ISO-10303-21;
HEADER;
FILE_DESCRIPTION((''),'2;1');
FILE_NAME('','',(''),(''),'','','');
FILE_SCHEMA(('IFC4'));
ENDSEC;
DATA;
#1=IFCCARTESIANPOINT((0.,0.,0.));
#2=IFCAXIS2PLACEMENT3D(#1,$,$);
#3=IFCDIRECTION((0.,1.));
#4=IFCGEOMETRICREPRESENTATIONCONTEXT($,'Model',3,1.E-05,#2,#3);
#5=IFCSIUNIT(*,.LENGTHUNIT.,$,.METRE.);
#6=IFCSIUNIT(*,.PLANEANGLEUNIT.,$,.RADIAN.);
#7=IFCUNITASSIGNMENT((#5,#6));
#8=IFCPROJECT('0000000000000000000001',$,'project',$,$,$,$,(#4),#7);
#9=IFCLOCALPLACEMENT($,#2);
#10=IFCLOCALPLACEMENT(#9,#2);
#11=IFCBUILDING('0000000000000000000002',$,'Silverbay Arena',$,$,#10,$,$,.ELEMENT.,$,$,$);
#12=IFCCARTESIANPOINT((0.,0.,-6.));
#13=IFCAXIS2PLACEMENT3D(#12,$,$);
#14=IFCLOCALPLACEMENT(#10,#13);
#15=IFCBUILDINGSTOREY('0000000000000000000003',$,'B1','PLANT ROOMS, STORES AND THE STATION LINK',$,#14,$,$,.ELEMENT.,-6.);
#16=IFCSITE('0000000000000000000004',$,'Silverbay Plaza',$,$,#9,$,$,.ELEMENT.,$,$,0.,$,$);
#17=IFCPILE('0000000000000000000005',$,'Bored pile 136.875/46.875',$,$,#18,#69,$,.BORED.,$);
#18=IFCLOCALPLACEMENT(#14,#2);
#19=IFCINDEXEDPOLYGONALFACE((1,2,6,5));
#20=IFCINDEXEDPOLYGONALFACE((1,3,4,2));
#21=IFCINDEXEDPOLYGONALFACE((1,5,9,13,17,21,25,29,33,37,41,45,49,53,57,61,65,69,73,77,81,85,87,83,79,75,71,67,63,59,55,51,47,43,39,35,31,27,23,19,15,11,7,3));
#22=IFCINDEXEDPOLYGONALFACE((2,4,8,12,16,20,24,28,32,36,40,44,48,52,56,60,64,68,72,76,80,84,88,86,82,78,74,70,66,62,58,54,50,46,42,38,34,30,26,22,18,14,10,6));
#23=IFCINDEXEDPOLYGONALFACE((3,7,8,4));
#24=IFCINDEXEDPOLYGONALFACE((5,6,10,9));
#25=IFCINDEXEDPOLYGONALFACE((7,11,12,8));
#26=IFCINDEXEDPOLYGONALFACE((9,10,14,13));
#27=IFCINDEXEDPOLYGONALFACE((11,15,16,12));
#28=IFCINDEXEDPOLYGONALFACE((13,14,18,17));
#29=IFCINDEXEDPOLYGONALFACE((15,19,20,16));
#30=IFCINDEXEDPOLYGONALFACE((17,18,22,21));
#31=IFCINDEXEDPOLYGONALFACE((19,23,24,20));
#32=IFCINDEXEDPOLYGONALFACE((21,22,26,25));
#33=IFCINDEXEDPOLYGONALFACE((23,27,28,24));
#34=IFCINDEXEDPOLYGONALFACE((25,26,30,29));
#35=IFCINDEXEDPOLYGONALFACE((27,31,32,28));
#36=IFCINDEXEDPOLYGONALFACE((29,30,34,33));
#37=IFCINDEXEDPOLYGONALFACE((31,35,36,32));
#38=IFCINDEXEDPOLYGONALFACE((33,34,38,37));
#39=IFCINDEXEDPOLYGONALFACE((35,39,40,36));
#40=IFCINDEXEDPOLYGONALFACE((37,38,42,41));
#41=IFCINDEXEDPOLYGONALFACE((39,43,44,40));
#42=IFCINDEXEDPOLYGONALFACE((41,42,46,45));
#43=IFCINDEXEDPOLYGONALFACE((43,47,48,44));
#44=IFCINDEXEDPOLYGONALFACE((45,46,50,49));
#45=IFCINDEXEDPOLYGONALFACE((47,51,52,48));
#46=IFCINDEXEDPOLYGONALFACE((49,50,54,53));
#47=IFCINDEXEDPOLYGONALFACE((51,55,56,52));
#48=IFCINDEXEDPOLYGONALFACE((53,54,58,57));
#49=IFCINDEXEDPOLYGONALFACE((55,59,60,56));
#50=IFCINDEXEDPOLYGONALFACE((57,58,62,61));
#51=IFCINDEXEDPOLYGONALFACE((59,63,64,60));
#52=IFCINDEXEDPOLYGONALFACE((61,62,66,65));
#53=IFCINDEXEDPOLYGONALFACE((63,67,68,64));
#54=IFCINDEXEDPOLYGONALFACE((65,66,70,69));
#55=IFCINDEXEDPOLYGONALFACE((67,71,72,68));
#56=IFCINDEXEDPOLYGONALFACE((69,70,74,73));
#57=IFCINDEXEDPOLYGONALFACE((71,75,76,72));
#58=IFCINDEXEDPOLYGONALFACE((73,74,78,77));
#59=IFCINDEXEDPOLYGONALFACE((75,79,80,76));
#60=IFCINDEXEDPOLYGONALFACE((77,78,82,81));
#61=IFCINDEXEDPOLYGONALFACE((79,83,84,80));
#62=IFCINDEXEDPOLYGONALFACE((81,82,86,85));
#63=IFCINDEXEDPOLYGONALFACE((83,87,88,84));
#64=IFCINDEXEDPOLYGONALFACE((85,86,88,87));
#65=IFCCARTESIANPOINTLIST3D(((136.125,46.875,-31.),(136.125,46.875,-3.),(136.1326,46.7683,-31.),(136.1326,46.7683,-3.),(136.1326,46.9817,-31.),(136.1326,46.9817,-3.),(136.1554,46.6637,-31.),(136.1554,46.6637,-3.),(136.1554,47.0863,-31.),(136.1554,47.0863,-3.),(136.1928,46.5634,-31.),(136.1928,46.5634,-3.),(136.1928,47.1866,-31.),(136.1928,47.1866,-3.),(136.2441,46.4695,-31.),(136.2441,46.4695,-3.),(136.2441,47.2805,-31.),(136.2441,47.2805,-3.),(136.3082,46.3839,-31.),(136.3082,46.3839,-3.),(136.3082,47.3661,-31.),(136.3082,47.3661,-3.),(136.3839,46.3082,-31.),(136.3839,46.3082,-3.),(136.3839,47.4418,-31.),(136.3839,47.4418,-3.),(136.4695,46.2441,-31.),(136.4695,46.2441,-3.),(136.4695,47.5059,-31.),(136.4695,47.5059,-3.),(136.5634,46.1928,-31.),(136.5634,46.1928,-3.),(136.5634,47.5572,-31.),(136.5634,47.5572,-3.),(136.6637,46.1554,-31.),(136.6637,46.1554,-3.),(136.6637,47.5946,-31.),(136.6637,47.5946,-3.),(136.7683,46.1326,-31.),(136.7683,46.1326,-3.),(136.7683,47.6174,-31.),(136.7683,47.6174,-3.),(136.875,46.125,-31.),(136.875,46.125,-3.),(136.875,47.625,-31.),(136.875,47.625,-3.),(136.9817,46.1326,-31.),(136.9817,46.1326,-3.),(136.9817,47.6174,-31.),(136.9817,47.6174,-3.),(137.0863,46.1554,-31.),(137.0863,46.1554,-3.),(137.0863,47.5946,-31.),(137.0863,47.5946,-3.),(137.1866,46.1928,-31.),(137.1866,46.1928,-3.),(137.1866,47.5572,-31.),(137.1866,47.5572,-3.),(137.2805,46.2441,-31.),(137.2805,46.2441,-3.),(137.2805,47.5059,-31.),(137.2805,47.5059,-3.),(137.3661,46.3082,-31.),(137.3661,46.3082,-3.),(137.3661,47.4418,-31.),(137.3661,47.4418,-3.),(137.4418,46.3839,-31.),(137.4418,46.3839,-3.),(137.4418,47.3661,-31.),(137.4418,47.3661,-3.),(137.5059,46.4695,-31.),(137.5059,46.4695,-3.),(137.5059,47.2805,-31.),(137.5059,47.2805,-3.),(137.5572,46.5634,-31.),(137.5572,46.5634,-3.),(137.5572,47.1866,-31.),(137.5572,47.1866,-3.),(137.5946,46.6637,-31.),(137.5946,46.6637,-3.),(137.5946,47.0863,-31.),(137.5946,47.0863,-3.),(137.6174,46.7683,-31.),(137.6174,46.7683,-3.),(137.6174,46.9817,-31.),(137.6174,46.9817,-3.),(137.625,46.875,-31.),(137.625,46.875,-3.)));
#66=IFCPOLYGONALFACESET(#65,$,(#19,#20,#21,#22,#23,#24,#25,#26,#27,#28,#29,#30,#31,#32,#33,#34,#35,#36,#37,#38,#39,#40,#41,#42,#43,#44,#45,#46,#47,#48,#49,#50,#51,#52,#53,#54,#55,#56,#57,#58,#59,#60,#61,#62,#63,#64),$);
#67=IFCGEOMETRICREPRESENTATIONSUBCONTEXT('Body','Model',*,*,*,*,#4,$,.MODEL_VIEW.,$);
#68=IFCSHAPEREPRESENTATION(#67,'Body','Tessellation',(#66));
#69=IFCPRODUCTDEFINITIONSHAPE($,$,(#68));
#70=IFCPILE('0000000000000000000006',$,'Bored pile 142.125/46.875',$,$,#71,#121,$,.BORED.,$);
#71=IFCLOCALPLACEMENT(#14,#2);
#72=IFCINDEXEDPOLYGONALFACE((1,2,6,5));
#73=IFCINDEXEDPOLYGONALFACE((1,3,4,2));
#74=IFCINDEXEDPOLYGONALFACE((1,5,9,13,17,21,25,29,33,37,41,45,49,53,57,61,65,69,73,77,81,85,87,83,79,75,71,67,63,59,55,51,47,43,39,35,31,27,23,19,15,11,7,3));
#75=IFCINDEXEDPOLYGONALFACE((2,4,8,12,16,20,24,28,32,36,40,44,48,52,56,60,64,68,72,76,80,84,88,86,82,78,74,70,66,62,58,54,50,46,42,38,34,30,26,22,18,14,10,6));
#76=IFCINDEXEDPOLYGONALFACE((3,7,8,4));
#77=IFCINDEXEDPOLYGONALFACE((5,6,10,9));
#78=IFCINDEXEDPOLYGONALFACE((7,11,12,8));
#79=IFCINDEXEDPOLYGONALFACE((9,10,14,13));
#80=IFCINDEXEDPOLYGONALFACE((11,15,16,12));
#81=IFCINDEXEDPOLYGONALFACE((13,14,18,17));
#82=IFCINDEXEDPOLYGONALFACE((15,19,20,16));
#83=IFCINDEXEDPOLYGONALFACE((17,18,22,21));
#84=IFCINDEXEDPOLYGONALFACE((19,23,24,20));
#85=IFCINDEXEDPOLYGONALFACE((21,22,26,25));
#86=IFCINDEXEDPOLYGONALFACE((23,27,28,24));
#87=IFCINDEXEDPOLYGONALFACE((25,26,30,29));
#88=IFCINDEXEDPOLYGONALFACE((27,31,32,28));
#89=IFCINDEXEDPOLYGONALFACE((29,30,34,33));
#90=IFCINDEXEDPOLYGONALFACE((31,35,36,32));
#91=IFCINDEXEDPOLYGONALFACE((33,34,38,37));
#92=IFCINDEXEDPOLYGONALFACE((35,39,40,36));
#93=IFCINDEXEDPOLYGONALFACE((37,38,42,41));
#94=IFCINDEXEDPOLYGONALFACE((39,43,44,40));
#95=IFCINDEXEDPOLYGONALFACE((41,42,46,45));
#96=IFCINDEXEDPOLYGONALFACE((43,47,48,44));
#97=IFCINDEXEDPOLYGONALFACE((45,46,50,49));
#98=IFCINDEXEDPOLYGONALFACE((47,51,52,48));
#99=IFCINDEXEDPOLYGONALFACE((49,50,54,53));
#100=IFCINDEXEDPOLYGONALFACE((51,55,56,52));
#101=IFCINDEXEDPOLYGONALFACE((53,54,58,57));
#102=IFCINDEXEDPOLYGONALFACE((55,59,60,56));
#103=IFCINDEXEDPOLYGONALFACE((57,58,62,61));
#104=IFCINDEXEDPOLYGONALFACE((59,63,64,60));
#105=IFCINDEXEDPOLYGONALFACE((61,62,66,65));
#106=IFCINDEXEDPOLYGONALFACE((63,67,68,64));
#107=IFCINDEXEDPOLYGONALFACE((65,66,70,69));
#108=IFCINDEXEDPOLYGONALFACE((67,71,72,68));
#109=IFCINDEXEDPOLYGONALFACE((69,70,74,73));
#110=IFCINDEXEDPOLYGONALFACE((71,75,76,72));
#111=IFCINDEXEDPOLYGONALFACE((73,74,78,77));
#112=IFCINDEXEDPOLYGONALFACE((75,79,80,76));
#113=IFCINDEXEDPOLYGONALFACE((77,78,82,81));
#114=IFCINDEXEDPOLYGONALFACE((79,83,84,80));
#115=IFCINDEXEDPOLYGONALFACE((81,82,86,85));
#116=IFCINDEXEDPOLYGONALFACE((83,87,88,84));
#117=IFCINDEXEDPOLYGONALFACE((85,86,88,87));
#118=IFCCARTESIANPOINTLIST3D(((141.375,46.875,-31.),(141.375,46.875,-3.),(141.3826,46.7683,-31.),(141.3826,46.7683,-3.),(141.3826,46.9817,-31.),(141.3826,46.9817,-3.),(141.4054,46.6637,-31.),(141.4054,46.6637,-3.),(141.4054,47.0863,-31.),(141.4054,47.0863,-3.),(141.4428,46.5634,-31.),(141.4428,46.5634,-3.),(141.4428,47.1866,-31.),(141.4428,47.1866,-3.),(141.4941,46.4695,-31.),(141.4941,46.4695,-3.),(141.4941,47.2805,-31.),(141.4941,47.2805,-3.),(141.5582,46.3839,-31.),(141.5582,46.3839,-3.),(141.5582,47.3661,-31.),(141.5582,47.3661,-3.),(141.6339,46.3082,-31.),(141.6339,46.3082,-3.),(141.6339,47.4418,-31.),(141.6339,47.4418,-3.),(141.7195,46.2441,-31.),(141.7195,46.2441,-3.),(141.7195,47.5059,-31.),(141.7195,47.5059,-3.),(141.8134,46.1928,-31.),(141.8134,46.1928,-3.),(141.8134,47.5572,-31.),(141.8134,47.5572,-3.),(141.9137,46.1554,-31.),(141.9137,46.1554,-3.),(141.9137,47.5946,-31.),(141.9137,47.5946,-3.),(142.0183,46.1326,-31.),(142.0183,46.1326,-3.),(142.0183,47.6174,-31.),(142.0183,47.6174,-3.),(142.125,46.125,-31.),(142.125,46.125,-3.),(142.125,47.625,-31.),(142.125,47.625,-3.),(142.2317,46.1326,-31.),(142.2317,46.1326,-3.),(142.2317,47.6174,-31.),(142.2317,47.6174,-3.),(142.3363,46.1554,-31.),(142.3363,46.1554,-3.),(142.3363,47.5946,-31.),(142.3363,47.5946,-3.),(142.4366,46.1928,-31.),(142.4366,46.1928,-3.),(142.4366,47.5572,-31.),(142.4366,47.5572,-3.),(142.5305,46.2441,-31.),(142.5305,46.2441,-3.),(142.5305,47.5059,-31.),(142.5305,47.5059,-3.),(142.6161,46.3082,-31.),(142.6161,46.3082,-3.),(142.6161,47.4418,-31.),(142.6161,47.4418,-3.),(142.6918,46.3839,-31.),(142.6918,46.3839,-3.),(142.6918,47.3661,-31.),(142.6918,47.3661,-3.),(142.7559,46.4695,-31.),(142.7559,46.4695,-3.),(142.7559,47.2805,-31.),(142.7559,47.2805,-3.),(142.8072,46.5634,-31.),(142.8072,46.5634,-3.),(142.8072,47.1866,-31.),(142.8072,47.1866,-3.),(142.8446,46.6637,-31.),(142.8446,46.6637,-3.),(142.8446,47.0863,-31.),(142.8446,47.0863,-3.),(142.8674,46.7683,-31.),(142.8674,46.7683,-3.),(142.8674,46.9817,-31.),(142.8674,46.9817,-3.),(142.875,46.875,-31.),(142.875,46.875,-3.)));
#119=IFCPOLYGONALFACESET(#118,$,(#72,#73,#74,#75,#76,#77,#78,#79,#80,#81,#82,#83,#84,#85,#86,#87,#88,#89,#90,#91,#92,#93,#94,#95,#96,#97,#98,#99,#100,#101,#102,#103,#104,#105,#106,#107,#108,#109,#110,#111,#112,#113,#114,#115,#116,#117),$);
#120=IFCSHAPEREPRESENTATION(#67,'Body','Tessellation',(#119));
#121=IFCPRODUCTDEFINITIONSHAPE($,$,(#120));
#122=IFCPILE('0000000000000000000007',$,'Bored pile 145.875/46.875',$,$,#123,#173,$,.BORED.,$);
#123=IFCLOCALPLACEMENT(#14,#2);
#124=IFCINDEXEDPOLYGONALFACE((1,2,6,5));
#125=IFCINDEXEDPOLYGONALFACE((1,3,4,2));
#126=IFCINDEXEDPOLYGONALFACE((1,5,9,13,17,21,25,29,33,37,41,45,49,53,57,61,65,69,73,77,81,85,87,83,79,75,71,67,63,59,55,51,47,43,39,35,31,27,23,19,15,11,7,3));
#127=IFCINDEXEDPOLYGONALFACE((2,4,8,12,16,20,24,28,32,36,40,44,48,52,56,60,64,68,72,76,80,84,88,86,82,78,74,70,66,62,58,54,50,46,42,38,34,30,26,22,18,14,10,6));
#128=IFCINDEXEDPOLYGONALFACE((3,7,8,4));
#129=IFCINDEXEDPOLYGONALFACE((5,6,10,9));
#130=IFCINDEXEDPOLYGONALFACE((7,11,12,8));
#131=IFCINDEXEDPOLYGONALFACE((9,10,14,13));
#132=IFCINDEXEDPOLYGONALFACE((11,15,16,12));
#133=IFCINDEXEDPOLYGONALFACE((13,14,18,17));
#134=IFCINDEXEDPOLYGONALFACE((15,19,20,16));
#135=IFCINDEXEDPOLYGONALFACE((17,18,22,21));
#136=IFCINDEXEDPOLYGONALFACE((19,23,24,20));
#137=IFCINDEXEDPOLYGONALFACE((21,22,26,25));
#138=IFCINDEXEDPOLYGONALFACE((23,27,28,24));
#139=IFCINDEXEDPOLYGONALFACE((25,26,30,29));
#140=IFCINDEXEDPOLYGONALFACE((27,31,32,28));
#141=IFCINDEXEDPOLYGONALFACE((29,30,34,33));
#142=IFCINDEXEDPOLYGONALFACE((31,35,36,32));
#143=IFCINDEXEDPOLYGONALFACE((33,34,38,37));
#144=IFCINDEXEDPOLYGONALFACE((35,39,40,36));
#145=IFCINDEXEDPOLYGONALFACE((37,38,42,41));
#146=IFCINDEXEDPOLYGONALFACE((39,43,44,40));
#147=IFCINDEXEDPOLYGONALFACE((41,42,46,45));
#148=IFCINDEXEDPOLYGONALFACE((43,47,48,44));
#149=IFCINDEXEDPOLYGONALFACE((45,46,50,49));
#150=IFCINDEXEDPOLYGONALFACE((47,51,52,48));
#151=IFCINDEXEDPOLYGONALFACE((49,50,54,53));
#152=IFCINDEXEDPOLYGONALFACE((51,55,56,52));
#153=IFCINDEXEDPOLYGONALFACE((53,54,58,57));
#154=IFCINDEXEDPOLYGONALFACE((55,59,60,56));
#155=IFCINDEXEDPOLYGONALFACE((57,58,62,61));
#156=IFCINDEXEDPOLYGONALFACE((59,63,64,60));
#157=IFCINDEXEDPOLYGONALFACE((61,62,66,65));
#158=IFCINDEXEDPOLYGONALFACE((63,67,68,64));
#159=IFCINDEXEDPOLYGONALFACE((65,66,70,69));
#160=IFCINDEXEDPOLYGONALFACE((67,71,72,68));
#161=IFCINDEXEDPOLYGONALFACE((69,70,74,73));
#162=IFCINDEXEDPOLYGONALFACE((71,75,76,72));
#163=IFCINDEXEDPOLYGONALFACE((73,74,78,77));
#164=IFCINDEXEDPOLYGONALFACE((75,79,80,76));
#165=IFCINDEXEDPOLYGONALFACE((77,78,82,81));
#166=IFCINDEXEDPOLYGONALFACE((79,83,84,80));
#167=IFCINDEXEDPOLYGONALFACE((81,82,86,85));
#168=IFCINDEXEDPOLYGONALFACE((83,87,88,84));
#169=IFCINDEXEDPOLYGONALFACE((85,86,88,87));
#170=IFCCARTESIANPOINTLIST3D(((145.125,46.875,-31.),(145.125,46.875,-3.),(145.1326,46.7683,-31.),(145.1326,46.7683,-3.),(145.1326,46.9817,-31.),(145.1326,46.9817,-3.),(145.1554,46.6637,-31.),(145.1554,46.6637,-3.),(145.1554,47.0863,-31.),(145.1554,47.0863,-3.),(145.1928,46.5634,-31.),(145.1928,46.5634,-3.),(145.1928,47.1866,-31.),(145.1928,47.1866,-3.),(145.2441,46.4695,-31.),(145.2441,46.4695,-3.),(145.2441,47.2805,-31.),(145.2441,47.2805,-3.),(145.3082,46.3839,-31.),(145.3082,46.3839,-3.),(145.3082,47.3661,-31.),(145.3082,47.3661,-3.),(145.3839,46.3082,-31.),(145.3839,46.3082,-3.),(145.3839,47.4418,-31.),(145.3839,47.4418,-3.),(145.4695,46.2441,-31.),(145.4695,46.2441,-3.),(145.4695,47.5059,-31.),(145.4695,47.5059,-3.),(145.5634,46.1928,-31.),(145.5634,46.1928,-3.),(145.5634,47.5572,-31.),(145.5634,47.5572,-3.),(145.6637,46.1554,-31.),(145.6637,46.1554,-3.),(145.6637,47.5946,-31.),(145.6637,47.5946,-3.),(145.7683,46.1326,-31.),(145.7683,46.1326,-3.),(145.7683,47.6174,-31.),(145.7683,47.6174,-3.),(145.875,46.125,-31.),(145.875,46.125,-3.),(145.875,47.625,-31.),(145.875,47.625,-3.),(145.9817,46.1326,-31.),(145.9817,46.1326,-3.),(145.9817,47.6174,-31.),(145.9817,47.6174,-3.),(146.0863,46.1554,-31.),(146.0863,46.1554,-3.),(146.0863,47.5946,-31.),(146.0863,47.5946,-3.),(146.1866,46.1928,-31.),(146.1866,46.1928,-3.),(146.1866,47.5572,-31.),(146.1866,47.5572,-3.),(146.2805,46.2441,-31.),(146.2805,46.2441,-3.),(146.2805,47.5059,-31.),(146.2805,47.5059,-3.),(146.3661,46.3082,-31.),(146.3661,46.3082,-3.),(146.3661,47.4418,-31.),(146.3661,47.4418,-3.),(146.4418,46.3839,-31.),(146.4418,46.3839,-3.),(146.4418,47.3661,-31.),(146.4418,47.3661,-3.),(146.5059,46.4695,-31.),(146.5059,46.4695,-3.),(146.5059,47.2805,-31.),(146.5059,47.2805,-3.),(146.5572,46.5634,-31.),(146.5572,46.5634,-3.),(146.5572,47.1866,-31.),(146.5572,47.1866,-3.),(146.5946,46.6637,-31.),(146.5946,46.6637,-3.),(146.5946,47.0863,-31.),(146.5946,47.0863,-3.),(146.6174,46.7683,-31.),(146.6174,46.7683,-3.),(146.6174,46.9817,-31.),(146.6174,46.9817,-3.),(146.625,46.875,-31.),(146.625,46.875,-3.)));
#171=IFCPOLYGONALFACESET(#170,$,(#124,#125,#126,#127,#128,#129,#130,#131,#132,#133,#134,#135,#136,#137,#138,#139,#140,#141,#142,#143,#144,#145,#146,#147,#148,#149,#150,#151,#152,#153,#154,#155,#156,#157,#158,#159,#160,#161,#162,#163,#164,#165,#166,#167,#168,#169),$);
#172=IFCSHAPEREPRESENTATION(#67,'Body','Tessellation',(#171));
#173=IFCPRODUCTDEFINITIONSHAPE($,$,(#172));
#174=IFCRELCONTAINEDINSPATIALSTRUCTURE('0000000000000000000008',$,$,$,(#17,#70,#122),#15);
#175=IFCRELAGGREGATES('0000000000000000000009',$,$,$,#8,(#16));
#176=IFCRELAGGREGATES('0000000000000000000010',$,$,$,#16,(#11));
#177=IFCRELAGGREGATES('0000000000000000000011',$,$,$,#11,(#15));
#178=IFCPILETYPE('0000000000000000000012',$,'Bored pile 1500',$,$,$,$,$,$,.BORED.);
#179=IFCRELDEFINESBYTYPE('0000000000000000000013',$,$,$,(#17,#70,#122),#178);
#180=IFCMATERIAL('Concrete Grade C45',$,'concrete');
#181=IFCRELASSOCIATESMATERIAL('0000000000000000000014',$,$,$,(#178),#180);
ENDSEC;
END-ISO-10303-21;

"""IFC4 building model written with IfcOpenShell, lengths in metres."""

from ifc_helpers import new_model, si_unit, direction, frame, origin, origin_2d, place, context, subcontext, project, spatial, circle, extrude, material, material_profile, profile_set, type_object, element, save


model = new_model("IFC4")

# Units and contexts
model_context = context("Model", 3, precision=1e-05, world=origin(), true_north=direction((0.0, 1.0)))
body_context = subcontext(model_context, "Body", "Model", "MODEL_VIEW")
ifc_project = project(units=[si_unit("LENGTHUNIT", "METRE"), si_unit("PLANEANGLEUNIT", "RADIAN")], contexts=[model_context])

# Site, building, storey
site_placement = place(None, origin())
site = spatial("IfcSite", under=ifc_project, at=site_placement, Name="Silverbay Plaza", CompositionType="ELEMENT", RefElevation=0.0)
building_placement = place(site_placement, origin())
building = spatial("IfcBuilding", under=site, at=building_placement, Name="Silverbay Arena", CompositionType="ELEMENT")
storey_placement = place(building_placement, frame((0.0, 0.0, -6.0)))
storey = spatial("IfcBuildingStorey", under=building, at=storey_placement, Name="B1", Description="PLANT ROOMS, STORES AND THE STATION LINK", CompositionType="ELEMENT", Elevation=-6.0)

# Piles
ifc_material_1 = material(Name="Concrete Grade C45", Category="concrete")
ifc_material_profile_1 = material_profile(ifc_material_1, circle(Radius=0.75, at=origin_2d()), Name="Bored pile 1500")
ifc_profile_set_1 = profile_set([ifc_material_profile_1], Name="Concrete Grade C45")
pile_type = type_object("IfcPileType", Name="Bored pile 1500", PredefinedType="BORED", material=ifc_profile_set_1)
for number, where, z_axis, x_axis, name in (
    (1, (136.875, 46.875, -3.0), (0.0, 0.0, -1.0), (1.0, 0.0, 0.0), "Bored pile 136.875/46.875"),
    (2, (142.125, 46.875, -3.0), (0.0, 0.0, -1.0), (1.0, 0.0, 0.0), "Bored pile 142.125/46.875"),
    (3, (145.875, 46.875, -3.0), (0.0, 0.0, -1.0), (1.0, 0.0, 0.0), "Bored pile 145.875/46.875"),
):
    element("IfcPile", number, at=place(storey_placement, frame(where, z_axis=z_axis, x_axis=x_axis)), inside=storey, type_object=pile_type, Name=name, PredefinedType="BORED", context=body_context, shape_type="SweptSolid", body=[
        extrude(circle(Radius=0.75, at=origin_2d()), origin(), (0.0, 0.0, 1.0), 28.0),
    ])

save(model, "model.ifc")
